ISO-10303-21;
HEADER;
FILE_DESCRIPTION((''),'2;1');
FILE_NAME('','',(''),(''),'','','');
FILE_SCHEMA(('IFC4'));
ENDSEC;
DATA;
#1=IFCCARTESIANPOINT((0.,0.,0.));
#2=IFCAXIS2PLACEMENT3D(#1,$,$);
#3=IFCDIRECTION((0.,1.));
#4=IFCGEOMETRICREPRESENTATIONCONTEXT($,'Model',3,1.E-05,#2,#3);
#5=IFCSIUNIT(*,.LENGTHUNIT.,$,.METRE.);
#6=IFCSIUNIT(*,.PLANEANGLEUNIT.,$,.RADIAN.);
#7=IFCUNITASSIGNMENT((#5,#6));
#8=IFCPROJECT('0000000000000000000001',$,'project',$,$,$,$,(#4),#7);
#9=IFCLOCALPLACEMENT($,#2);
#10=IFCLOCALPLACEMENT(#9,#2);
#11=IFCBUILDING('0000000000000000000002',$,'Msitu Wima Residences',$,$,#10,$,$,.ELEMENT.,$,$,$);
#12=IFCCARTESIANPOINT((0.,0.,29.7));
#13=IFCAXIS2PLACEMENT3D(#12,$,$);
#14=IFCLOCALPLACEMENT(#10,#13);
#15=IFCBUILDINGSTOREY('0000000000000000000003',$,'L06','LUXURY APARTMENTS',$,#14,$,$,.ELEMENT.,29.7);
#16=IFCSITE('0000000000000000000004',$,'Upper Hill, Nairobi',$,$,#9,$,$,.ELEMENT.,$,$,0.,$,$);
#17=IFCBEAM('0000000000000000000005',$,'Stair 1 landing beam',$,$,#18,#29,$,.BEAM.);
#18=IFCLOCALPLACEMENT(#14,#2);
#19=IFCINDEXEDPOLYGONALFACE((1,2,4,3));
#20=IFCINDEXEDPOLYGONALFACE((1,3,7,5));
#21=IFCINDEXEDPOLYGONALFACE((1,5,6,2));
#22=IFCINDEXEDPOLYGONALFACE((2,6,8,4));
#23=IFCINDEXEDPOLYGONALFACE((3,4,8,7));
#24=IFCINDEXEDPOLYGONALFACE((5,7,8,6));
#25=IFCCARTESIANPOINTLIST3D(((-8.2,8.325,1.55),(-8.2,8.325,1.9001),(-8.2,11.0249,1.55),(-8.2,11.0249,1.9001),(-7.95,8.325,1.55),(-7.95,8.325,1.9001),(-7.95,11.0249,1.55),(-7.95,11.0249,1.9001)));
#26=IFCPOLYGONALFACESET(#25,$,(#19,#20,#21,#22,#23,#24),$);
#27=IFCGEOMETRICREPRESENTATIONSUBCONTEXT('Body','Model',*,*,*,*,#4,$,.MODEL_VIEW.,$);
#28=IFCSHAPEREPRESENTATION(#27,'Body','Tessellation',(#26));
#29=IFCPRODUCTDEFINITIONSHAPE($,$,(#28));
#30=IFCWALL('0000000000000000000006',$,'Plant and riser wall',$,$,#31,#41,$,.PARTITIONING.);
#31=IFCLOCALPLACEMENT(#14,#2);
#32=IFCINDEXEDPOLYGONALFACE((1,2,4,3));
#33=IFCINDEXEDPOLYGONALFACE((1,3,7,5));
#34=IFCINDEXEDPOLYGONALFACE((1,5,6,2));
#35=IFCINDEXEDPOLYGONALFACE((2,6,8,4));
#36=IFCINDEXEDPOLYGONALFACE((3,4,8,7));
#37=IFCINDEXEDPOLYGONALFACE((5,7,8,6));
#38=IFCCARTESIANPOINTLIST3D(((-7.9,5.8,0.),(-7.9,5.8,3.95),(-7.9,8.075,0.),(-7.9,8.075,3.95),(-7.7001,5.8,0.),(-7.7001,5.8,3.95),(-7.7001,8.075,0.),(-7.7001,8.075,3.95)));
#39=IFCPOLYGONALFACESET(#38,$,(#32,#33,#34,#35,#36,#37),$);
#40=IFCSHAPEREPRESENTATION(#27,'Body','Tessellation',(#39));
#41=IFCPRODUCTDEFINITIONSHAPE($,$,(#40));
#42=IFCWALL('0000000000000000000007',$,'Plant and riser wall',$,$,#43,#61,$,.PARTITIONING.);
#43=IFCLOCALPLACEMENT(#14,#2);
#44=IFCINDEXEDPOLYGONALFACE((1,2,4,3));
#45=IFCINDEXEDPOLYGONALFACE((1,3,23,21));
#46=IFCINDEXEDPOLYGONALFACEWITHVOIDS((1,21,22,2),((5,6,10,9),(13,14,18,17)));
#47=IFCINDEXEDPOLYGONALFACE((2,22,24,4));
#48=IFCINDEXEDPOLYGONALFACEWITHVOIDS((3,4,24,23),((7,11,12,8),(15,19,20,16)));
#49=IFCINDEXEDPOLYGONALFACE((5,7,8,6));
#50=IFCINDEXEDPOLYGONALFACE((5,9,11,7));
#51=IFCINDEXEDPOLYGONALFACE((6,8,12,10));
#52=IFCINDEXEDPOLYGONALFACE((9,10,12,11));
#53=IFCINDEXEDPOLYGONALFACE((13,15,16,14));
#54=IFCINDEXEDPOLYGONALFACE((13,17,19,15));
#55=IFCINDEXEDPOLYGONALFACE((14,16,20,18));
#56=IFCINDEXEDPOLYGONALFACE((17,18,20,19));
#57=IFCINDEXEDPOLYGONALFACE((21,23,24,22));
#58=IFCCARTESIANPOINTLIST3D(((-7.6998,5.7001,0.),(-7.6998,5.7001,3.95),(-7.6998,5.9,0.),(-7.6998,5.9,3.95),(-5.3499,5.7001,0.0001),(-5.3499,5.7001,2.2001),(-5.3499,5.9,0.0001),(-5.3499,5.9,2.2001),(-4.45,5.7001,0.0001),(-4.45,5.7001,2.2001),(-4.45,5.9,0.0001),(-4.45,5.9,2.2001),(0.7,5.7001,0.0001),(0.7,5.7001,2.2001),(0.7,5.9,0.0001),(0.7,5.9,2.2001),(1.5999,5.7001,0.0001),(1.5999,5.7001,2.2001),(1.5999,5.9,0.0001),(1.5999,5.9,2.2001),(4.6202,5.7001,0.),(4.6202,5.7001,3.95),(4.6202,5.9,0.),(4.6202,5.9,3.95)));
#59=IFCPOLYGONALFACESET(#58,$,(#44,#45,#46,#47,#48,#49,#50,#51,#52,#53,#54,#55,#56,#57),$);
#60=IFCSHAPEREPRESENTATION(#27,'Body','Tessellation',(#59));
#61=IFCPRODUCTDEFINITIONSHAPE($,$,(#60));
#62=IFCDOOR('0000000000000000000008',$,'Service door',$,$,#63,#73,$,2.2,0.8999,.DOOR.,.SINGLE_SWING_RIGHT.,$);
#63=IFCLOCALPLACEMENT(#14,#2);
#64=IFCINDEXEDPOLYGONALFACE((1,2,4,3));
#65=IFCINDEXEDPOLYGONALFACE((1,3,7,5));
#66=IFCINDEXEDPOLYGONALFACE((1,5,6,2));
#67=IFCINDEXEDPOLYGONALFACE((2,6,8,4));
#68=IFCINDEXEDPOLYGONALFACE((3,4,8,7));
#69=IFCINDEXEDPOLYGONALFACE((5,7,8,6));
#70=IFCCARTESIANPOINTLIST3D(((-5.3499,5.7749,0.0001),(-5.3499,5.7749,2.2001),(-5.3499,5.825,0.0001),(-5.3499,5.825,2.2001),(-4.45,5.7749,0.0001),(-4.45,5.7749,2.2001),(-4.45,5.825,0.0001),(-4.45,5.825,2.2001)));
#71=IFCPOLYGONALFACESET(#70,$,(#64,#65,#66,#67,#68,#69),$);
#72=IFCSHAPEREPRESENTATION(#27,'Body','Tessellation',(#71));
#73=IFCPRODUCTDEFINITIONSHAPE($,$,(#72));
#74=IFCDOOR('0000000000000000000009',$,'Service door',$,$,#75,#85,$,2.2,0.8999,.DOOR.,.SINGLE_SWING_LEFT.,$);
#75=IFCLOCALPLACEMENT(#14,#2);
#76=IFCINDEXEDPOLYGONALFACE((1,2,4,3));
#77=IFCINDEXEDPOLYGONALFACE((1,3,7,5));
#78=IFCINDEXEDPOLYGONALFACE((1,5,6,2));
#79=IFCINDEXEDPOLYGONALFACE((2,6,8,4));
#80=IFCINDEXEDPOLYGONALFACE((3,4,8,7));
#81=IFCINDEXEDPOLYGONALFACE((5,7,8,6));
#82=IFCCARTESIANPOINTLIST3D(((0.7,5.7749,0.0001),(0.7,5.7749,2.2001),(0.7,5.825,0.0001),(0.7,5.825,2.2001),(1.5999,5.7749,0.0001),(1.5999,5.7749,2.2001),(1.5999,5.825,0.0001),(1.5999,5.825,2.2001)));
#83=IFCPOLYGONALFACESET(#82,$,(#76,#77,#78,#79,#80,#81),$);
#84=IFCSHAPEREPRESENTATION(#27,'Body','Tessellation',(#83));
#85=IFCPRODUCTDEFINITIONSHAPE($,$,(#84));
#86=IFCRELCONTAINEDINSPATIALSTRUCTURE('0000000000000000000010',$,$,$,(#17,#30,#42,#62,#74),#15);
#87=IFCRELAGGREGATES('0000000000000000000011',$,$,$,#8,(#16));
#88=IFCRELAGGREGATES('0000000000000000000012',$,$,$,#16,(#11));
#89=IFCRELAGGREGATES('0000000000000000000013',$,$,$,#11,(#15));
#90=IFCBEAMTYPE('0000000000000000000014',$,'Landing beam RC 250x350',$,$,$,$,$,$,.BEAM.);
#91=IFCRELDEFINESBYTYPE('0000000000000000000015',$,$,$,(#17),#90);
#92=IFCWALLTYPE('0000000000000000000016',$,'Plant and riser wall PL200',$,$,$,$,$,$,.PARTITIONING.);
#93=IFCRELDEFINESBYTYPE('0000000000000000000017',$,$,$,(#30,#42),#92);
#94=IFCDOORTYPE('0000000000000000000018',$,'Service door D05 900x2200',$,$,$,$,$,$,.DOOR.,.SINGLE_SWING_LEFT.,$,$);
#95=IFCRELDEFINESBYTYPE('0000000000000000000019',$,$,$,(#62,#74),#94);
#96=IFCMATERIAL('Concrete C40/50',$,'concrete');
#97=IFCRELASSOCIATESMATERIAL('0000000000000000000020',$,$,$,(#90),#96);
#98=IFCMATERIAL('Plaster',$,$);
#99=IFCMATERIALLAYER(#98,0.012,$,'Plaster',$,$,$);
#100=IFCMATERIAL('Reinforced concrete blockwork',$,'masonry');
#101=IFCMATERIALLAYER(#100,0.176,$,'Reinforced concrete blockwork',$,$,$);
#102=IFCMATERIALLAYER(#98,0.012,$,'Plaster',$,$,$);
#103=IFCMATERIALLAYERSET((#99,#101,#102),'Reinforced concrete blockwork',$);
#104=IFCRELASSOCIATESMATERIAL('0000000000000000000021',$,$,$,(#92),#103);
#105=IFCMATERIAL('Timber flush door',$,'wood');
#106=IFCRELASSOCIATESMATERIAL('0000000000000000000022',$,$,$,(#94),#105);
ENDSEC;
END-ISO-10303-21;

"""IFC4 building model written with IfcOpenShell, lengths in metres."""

from ifc_helpers import new_model, si_unit, direction, frame, frame_2d, origin, origin_2d, place, context, subcontext, project, spatial, rectangle, extrude, material, layer, layer_set, material_profile, profile_set, type_object, element, fill, save


model = new_model("IFC4")

# Units and contexts
model_context = context("Model", 3, precision=1e-05, world=origin(), true_north=direction((0.0, 1.0)))
body_context = subcontext(model_context, "Body", "Model", "MODEL_VIEW")
ifc_project = project(units=[si_unit("LENGTHUNIT", "METRE"), si_unit("PLANEANGLEUNIT", "RADIAN")], contexts=[model_context])

# Site, building, storey
site_placement = place(None, origin())
site = spatial("IfcSite", under=ifc_project, at=site_placement, Name="Upper Hill, Nairobi", CompositionType="ELEMENT", RefElevation=0.0)
building_placement = place(site_placement, origin())
building = spatial("IfcBuilding", under=site, at=building_placement, Name="Msitu Wima Residences", CompositionType="ELEMENT")
storey_placement = place(building_placement, frame((0.0, 0.0, 29.7)))
storey = spatial("IfcBuildingStorey", under=building, at=storey_placement, Name="L06", Description="LUXURY APARTMENTS", CompositionType="ELEMENT", Elevation=29.7)

# Beam
ifc_material_1 = material(Name="Concrete C40/50", Category="concrete")
ifc_material_profile = material_profile(ifc_material_1, rectangle(XDim=0.25, YDim=0.3501, at=origin_2d()), Name="RC 250x350")
ifc_profile_set = profile_set([ifc_material_profile], Name="Concrete C40/50")
beam_type = type_object("IfcBeamType", Name="Landing beam RC 250x350", PredefinedType="BEAM", material=ifc_profile_set)
beam_placement = place(storey_placement, frame((-8.075, 8.325, 1.7251), z_axis=(0.0, 1.0, 0.0), x_axis=(-1.0, 0.0, 0.0)))
element("IfcBeam", 1, at=beam_placement, inside=storey, type_object=beam_type, Name="Stair 1 landing beam", PredefinedType="BEAM", context=body_context, shape_type="SweptSolid", body=[
    extrude(rectangle(XDim=0.25, YDim=0.3501, at=origin_2d()), origin(), (0.0, 0.0, 1.0), 2.7),
])

# Shared definitions
ifc_material_2 = material(Name="Plaster")

# Wall
ifc_layer_1 = layer(ifc_material_2, 0.012, Name="Plaster")
ifc_material_3 = material(Name="Reinforced concrete blockwork", Category="masonry")
ifc_layer_2 = layer(ifc_material_3, 0.176, Name="Reinforced concrete blockwork")
ifc_layer_3 = layer(ifc_material_2, 0.012, Name="Plaster")
ifc_layer_set_1 = layer_set([ifc_layer_1, ifc_layer_2, ifc_layer_3], Name="Reinforced concrete blockwork")
wall_type_1 = type_object("IfcWallType", Name="Plant and riser wall PL200", PredefinedType="PARTITIONING", material=ifc_layer_set_1)
wall_1_placement = place(storey_placement, frame((-7.8, 5.8, 0.0), z_axis=(0.0, 0.0, 1.0), x_axis=(0.0, 1.0, 0.0)))
element("IfcWall", 2, at=wall_1_placement, inside=storey, type_object=wall_type_1, Name="Plant and riser wall", PredefinedType="PARTITIONING", context=body_context, shape_type="SweptSolid", body=[
    extrude(rectangle(XDim=2.2749, YDim=0.2, at=frame_2d((1.1375, 0.0))), origin(), (0.0, 0.0, 1.0), 3.95),
])

# Wall, openings, doors
wall_2_placement = place(storey_placement, frame((-7.7, 5.8, 0.0), z_axis=(0.0, 0.0, 1.0), x_axis=(1.0, 0.0, 0.0)))
wall_2 = element("IfcWall", 3, at=wall_2_placement, inside=storey, type_object=wall_type_1, Name="Plant and riser wall", PredefinedType="PARTITIONING", context=body_context, shape_type="SweptSolid", body=[
    extrude(rectangle(XDim=12.3201, YDim=0.2, at=frame_2d((6.1602, 0.0))), origin(), (0.0, 0.0, 1.0), 3.95),
])
opening_1_placement = place(wall_2_placement, frame((2.3501, 0.0, 0.0)))
opening_1 = element("IfcOpeningElement", 4, at=opening_1_placement, cuts=wall_2, PredefinedType="OPENING", context=body_context, shape_type="SweptSolid", body=[
    extrude(rectangle(XDim=0.8999, YDim=2.2, at=frame_2d((0.45, 1.1001))), frame((0.0, 0.1099, 0.0), z_axis=(0.0, -1.0, 0.0), x_axis=(1.0, 0.0, 0.0)), (0.0, 0.0, 1.0), 0.22),
])
opening_2_placement = place(wall_2_placement, frame((8.3999, 0.0, 0.0)))
opening_2 = element("IfcOpeningElement", 5, at=opening_2_placement, cuts=wall_2, PredefinedType="OPENING", context=body_context, shape_type="SweptSolid", body=[
    extrude(rectangle(XDim=0.8999, YDim=2.2, at=frame_2d((0.45, 1.1001))), frame((0.0, 0.1099, 0.0), z_axis=(0.0, -1.0, 0.0), x_axis=(1.0, 0.0, 0.0)), (0.0, 0.0, 1.0), 0.22),
])
ifc_material_4 = material(Name="Timber flush door", Category="wood")
door_type_1 = type_object("IfcDoorType", Name="Service door D05 900x2200", OperationType="SINGLE_SWING_LEFT", PredefinedType="DOOR", material=ifc_material_4)
door_1_placement = place(opening_1_placement, origin())
door_1 = element("IfcDoor", 6, at=door_1_placement, inside=storey, type_object=door_type_1, Name="Service door", OperationType="SINGLE_SWING_RIGHT", OverallHeight=2.2, OverallWidth=0.8999, PredefinedType="DOOR", context=body_context, shape_type="SweptSolid", body=[
    extrude(rectangle(XDim=0.8999, YDim=2.2, at=frame_2d((0.45, 1.1001))), frame((0.0, 0.0249, 0.0), z_axis=(0.0, -1.0, 0.0), x_axis=(1.0, 0.0, 0.0)), (0.0, 0.0, 1.0), 0.05),
])
fill(opening_1, door_1)
door_2_placement = place(opening_2_placement, origin())
door_2 = element("IfcDoor", 7, at=door_2_placement, inside=storey, type_object=door_type_1, Name="Service door", OperationType="SINGLE_SWING_LEFT", OverallHeight=2.2, OverallWidth=0.8999, PredefinedType="DOOR", context=body_context, shape_type="SweptSolid", body=[
    extrude(rectangle(XDim=0.8999, YDim=2.2, at=frame_2d((0.45, 1.1001))), frame((0.0, 0.0249, 0.0), z_axis=(0.0, -1.0, 0.0), x_axis=(1.0, 0.0, 0.0)), (0.0, 0.0, 1.0), 0.05),
])
fill(opening_2, door_2)

save(model, "model.ifc")
